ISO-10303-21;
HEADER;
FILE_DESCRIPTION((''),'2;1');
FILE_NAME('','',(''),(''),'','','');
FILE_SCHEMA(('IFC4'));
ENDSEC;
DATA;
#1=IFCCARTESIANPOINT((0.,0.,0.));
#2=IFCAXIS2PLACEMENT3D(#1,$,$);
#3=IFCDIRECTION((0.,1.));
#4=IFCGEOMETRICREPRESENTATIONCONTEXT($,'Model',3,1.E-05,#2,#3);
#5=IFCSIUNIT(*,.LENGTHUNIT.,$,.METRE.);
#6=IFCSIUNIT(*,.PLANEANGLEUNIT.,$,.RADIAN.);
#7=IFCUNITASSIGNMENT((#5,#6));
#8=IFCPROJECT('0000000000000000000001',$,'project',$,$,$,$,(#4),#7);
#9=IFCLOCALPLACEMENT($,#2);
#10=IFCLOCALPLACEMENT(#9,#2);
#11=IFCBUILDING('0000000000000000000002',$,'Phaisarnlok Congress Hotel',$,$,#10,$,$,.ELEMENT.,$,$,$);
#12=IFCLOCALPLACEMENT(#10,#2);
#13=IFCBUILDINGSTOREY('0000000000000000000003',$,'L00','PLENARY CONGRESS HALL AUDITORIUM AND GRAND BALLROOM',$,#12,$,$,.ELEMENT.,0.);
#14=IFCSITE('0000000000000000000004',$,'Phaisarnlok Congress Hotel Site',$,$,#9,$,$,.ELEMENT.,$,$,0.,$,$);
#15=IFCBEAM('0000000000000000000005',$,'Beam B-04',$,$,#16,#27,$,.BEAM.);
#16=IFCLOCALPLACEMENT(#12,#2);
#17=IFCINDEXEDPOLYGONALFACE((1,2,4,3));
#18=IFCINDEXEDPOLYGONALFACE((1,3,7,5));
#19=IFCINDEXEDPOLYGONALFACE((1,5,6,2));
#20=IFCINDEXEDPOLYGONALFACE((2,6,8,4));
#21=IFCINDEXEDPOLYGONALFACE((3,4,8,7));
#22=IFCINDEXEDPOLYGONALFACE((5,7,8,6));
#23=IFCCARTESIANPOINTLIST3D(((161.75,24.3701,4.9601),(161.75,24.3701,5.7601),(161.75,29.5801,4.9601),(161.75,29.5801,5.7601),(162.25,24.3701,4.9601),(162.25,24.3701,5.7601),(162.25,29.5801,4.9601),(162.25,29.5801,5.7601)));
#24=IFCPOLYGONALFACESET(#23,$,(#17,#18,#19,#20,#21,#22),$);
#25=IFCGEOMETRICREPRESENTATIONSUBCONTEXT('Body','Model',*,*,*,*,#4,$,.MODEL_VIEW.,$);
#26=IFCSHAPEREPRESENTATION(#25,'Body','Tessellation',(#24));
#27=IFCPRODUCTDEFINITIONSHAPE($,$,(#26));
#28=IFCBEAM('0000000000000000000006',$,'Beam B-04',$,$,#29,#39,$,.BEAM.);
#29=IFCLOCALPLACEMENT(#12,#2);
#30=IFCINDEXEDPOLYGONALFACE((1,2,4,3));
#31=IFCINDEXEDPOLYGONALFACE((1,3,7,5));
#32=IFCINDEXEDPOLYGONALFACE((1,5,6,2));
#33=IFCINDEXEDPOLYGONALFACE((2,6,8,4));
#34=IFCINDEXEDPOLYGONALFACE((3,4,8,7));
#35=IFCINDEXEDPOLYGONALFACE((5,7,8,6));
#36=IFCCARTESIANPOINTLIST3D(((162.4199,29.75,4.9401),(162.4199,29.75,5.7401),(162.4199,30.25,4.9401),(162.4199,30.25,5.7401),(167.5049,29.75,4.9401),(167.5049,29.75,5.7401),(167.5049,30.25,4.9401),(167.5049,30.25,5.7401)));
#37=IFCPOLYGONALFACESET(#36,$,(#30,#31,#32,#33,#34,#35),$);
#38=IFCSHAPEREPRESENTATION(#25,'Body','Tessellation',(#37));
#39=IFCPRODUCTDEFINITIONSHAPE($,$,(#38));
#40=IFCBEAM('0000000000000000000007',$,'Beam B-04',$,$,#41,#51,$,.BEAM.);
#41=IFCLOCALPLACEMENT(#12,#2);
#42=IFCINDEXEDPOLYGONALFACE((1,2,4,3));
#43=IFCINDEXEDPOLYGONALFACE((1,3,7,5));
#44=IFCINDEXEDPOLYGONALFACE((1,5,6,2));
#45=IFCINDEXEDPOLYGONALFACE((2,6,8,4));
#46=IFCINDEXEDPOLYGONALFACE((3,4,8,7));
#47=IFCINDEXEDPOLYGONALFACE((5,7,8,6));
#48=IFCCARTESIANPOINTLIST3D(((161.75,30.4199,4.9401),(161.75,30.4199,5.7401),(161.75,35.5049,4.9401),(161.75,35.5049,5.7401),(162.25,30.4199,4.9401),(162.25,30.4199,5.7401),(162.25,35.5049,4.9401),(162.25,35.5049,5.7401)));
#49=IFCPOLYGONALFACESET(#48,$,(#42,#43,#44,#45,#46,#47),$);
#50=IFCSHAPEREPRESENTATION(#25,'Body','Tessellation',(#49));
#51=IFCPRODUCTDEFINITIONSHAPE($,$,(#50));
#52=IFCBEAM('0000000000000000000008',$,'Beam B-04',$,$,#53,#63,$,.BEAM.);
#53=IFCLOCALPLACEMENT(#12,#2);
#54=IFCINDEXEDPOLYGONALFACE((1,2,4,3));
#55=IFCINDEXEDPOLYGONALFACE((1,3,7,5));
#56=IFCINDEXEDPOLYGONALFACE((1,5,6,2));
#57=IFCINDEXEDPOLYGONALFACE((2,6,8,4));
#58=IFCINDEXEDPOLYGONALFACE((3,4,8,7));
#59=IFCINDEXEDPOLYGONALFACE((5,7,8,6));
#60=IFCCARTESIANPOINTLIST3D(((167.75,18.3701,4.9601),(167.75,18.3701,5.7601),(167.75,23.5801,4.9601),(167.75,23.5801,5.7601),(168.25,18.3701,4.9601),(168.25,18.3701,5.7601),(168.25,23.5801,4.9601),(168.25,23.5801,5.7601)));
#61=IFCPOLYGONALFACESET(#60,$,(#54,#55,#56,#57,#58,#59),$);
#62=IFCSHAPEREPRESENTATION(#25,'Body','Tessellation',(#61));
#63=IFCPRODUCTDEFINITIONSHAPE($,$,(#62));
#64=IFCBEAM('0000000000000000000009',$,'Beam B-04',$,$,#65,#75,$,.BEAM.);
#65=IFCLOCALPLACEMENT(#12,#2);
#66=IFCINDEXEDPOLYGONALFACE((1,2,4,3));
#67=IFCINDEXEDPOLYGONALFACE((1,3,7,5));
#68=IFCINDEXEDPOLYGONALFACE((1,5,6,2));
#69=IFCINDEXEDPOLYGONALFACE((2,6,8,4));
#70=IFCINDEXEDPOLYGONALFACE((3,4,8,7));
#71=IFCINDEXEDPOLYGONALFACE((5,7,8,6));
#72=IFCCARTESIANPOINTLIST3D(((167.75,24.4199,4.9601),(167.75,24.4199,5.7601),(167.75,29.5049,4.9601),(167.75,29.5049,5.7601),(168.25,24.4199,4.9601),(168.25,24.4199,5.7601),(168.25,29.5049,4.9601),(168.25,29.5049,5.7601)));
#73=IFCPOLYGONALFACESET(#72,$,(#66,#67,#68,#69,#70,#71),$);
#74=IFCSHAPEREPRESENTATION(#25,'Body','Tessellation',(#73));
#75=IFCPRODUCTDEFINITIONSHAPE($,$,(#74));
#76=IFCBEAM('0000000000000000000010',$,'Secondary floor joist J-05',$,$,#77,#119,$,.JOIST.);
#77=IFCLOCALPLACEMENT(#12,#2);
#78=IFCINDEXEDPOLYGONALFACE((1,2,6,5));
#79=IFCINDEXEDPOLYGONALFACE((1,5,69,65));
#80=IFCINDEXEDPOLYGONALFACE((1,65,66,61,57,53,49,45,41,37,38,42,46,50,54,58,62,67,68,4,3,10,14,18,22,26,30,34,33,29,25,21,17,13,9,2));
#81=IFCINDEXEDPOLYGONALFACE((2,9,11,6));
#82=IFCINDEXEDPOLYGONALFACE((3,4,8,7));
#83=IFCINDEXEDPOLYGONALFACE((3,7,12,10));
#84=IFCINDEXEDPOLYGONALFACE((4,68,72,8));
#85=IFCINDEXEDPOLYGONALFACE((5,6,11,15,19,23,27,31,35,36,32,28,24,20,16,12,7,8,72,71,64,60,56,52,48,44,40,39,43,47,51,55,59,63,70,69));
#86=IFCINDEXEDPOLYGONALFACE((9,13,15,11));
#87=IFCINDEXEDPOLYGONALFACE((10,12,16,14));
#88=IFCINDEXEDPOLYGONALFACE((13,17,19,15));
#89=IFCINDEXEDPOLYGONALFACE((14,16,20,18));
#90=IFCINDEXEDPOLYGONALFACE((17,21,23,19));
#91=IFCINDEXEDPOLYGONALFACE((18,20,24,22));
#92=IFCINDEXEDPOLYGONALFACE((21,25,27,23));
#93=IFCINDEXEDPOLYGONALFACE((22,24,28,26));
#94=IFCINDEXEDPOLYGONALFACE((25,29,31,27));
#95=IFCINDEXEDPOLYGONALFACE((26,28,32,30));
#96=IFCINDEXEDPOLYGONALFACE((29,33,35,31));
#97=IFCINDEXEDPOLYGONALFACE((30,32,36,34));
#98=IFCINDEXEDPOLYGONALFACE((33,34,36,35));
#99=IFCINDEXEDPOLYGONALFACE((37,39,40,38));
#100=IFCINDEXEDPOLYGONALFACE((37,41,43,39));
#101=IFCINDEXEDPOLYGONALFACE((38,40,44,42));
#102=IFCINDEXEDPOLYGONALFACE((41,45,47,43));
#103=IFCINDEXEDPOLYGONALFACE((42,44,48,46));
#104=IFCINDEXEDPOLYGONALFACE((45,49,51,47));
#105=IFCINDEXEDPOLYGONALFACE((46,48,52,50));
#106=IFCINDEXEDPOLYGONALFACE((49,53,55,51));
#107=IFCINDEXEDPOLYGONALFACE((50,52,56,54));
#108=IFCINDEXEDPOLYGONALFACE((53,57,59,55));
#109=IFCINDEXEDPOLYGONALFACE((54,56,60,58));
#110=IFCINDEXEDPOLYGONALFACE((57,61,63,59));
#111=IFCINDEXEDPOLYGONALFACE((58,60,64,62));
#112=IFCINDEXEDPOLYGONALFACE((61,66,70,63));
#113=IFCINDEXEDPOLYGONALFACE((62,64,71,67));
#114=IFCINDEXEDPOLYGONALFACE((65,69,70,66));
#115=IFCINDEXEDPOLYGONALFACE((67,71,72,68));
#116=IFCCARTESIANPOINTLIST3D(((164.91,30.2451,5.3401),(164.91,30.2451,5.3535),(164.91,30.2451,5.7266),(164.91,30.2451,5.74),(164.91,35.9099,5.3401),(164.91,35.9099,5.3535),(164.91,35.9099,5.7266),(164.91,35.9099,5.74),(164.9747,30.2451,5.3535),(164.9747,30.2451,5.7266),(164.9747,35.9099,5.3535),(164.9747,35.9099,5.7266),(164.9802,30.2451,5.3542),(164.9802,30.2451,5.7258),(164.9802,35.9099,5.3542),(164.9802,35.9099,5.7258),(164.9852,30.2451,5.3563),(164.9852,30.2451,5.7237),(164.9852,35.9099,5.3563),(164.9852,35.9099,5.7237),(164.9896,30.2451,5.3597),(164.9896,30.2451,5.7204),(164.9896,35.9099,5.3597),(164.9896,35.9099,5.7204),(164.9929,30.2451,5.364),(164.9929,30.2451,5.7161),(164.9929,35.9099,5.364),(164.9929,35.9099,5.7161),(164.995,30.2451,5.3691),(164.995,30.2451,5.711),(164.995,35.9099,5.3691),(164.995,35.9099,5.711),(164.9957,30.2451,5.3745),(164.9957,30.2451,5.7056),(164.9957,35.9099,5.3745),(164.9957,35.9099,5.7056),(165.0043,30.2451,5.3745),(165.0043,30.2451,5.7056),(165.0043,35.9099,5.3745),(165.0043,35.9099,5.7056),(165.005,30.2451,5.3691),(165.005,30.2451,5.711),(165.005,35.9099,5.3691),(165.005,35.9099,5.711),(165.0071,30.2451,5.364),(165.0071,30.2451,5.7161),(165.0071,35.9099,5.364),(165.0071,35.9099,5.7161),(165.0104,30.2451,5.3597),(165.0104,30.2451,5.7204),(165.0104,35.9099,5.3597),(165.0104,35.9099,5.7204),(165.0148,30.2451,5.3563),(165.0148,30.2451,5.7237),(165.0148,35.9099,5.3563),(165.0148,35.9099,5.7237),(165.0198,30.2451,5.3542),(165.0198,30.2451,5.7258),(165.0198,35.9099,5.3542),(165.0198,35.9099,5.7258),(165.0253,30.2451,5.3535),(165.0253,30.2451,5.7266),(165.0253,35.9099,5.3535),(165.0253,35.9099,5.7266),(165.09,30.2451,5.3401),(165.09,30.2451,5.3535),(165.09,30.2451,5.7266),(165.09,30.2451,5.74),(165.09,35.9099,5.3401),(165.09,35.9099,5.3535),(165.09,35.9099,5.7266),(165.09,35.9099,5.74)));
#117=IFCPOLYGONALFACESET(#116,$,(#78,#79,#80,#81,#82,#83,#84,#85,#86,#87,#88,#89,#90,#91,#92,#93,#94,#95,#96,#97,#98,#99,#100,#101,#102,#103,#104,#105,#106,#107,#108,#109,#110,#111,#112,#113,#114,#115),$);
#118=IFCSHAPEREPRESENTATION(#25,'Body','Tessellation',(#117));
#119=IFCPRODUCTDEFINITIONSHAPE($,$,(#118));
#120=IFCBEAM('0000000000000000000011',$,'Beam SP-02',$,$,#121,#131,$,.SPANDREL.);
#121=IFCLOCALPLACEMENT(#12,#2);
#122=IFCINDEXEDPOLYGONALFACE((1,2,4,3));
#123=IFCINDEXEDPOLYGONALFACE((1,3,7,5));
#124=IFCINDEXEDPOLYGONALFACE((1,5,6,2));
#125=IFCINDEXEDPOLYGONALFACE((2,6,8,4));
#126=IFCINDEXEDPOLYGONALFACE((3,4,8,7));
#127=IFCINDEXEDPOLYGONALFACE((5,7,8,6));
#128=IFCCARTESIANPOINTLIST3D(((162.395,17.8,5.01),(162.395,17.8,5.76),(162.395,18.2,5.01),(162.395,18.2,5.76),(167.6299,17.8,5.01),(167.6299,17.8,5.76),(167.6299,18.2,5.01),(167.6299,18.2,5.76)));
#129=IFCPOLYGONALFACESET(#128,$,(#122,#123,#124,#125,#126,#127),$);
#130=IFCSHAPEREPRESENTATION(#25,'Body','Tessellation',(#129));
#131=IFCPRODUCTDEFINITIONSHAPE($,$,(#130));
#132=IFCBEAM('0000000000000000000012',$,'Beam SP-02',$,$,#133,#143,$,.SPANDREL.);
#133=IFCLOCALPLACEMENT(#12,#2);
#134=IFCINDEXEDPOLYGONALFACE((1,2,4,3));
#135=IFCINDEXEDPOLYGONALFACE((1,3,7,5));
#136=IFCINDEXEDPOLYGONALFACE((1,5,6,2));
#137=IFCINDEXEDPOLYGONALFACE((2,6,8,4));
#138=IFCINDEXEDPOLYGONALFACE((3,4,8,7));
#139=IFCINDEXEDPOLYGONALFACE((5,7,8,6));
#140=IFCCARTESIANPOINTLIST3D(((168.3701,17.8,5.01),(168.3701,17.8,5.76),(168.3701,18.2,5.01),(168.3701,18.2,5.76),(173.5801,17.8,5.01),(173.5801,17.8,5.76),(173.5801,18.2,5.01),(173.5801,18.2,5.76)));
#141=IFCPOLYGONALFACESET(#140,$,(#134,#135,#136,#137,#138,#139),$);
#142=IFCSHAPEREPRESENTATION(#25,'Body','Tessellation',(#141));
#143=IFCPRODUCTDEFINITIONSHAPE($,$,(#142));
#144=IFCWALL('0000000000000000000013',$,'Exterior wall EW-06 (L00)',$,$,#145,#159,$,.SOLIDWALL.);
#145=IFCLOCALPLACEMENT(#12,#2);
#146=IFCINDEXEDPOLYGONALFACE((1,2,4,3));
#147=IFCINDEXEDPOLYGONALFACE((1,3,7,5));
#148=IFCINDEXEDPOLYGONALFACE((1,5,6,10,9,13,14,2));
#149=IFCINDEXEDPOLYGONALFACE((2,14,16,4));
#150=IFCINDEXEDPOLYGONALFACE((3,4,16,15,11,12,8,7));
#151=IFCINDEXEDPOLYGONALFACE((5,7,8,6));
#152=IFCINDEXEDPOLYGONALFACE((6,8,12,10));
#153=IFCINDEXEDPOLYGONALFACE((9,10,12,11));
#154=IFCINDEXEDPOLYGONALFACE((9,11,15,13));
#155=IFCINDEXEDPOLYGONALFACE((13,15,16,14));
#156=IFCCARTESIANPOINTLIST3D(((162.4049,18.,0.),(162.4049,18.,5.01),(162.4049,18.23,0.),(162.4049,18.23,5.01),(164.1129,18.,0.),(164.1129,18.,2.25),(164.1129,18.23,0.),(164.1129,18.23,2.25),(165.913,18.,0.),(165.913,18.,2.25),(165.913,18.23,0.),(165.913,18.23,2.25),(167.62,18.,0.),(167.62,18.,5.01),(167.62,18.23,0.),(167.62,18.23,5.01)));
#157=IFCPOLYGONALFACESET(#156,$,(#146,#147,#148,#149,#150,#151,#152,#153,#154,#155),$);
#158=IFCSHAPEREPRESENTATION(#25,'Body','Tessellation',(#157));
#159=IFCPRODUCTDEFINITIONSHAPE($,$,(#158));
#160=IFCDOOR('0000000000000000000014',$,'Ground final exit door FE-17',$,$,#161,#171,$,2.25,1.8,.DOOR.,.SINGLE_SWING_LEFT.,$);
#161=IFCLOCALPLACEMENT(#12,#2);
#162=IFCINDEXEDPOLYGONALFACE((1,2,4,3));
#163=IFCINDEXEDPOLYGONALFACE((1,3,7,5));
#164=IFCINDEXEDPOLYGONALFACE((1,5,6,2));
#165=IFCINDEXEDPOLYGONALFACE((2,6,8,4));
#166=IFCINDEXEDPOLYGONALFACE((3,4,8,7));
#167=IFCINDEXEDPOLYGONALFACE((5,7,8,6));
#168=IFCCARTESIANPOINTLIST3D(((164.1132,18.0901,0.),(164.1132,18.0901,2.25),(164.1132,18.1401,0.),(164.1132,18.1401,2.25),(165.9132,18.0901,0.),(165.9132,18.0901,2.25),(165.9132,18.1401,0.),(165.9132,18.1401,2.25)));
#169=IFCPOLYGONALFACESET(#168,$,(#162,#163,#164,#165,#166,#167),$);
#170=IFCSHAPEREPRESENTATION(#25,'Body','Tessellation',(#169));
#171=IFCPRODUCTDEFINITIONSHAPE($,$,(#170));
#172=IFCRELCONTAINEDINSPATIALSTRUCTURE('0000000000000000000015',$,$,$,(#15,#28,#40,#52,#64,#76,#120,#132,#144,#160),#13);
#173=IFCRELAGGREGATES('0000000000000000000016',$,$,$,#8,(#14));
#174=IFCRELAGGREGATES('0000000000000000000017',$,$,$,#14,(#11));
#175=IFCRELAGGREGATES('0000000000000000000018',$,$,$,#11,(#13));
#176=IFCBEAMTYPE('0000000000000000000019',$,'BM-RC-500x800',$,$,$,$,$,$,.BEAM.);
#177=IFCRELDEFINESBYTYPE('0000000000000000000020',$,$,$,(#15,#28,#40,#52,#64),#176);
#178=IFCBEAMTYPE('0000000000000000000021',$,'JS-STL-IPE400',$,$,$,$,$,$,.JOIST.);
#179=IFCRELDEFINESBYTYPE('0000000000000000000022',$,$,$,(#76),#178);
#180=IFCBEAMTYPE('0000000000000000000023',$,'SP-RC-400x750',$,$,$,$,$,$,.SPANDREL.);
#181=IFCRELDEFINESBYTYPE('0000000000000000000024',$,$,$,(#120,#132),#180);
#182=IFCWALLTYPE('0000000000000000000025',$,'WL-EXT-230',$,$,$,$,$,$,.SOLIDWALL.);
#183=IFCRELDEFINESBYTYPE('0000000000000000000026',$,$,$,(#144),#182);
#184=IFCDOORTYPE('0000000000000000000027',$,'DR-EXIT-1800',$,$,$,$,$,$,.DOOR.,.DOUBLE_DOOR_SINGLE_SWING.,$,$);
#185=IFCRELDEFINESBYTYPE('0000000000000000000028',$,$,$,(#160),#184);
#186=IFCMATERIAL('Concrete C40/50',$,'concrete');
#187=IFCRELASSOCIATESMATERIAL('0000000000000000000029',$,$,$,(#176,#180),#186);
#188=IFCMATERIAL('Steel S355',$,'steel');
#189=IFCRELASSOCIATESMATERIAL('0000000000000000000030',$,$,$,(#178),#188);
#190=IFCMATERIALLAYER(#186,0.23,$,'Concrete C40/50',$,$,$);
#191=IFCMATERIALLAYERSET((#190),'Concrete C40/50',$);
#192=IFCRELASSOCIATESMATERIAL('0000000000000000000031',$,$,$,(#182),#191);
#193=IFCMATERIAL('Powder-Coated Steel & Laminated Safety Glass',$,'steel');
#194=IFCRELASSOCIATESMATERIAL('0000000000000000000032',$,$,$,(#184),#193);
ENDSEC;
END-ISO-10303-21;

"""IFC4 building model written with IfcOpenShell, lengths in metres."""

from ifc_helpers import new_model, si_unit, direction, frame, frame_2d, origin, origin_2d, place, context, subcontext, project, spatial, rectangle, i_section, extrude, material, layer, layer_set, material_profile, profile_set, type_object, element, fill, save


model = new_model("IFC4")

# Units and contexts
model_context = context("Model", 3, precision=1e-05, world=origin(), true_north=direction((0.0, 1.0)))
body_context = subcontext(model_context, "Body", "Model", "MODEL_VIEW")
ifc_project = project(units=[si_unit("LENGTHUNIT", "METRE"), si_unit("PLANEANGLEUNIT", "RADIAN")], contexts=[model_context])

# Site, building, storey
site_placement = place(None, origin())
site = spatial("IfcSite", under=ifc_project, at=site_placement, Name="Phaisarnlok Congress Hotel Site", CompositionType="ELEMENT", RefElevation=0.0)
building_placement = place(site_placement, origin())
building = spatial("IfcBuilding", under=site, at=building_placement, Name="Phaisarnlok Congress Hotel", CompositionType="ELEMENT")
storey_placement = place(building_placement, origin())
storey = spatial("IfcBuildingStorey", under=building, at=storey_placement, Name="L00", Description="PLENARY CONGRESS HALL AUDITORIUM AND GRAND BALLROOM", CompositionType="ELEMENT", Elevation=0.0)

# Beams
ifc_material_1 = material(Name="Concrete C40/50", Category="concrete")
ifc_material_profile_1 = material_profile(ifc_material_1, rectangle(XDim=0.5, YDim=0.8, at=origin_2d()), Name="RC 500x800")
ifc_profile_set_1 = profile_set([ifc_material_profile_1], Name="Concrete C40/50")
beam_type_1 = type_object("IfcBeamType", Name="BM-RC-500x800", PredefinedType="BEAM", material=ifc_profile_set_1)
for number, where, z_axis, x_axis, name in (
    (1, (162.0, 24.3701, 5.3601), (0.0, 1.0, 0.0), (-1.0, 0.0, 0.0), "Beam B-04"),
):
    element("IfcBeam", number, at=place(storey_placement, frame(where, z_axis=z_axis, x_axis=x_axis)), inside=storey, type_object=beam_type_1, Name=name, PredefinedType="BEAM", context=body_context, shape_type="SweptSolid", body=[
        extrude(rectangle(XDim=0.5, YDim=0.8, at=origin_2d()), origin(), (0.0, 0.0, 1.0), 5.21),
    ])
for number, where, z_axis, x_axis, name in (
    (2, (162.4199, 30.0, 5.3401), (1.0, 0.0, 0.0), (0.0, 1.0, 0.0), "Beam B-04"),
    (3, (162.0, 30.4199, 5.3401), (0.0, 1.0, 0.0), (-1.0, 0.0, 0.0), "Beam B-04"),
):
    element("IfcBeam", number, at=place(storey_placement, frame(where, z_axis=z_axis, x_axis=x_axis)), inside=storey, type_object=beam_type_1, Name=name, PredefinedType="BEAM", context=body_context, shape_type="SweptSolid", body=[
        extrude(rectangle(XDim=0.5, YDim=0.8, at=origin_2d()), origin(), (0.0, 0.0, 1.0), 5.085),
    ])
beam_1_placement = place(storey_placement, frame((168.0, 18.3701, 5.3601), z_axis=(0.0, 1.0, 0.0), x_axis=(-1.0, 0.0, 0.0)))
element("IfcBeam", 4, at=beam_1_placement, inside=storey, type_object=beam_type_1, Name="Beam B-04", PredefinedType="BEAM", context=body_context, shape_type="SweptSolid", body=[
    extrude(rectangle(XDim=0.5, YDim=0.8, at=origin_2d()), origin(), (0.0, 0.0, 1.0), 5.21),
])
beam_2_placement = place(storey_placement, frame((168.0, 24.4199, 5.3601), z_axis=(0.0, 1.0, 0.0), x_axis=(-1.0, 0.0, 0.0)))
element("IfcBeam", 5, at=beam_2_placement, inside=storey, type_object=beam_type_1, Name="Beam B-04", PredefinedType="BEAM", context=body_context, shape_type="SweptSolid", body=[
    extrude(rectangle(XDim=0.5, YDim=0.8, at=origin_2d()), origin(), (0.0, 0.0, 1.0), 5.085),
])
ifc_material_2 = material(Name="Steel S355", Category="steel")
ifc_material_profile_2 = material_profile(ifc_material_2, i_section(OverallWidth=0.1799, OverallDepth=0.3999, WebThickness=0.0085, FlangeThickness=0.0134, FilletRadius=0.021, at=origin_2d()), Name="IPE 400")
ifc_profile_set_2 = profile_set([ifc_material_profile_2], Name="Steel S355")
beam_type_2 = type_object("IfcBeamType", Name="JS-STL-IPE400", PredefinedType="JOIST", material=ifc_profile_set_2)
beam_3_placement = place(storey_placement, frame((165.0, 30.2451, 5.54), z_axis=(0.0, 1.0, 0.0), x_axis=(-1.0, 0.0, 0.0)))
element("IfcBeam", 6, at=beam_3_placement, inside=storey, type_object=beam_type_2, Name="Secondary floor joist J-05", PredefinedType="JOIST", context=body_context, shape_type="SweptSolid", body=[
    extrude(i_section(OverallWidth=0.1799, OverallDepth=0.3999, WebThickness=0.0085, FlangeThickness=0.0134, FilletRadius=0.021, at=origin_2d()), origin(), (0.0, 0.0, 1.0), 5.6648),
])
ifc_material_profile_3 = material_profile(ifc_material_1, rectangle(XDim=0.3999, YDim=0.75, at=origin_2d()), Name="RC 400x750")
ifc_profile_set_3 = profile_set([ifc_material_profile_3], Name="Concrete C40/50")
beam_type_3 = type_object("IfcBeamType", Name="SP-RC-400x750", PredefinedType="SPANDREL", material=ifc_profile_set_3)
beam_4_placement = place(storey_placement, frame((162.395, 18.0, 5.385), z_axis=(1.0, 0.0, 0.0), x_axis=(0.0, 1.0, 0.0)))
element("IfcBeam", 7, at=beam_4_placement, inside=storey, type_object=beam_type_3, Name="Beam SP-02", PredefinedType="SPANDREL", context=body_context, shape_type="SweptSolid", body=[
    extrude(rectangle(XDim=0.3999, YDim=0.75, at=origin_2d()), origin(), (0.0, 0.0, 1.0), 5.2349),
])
beam_5_placement = place(storey_placement, frame((168.3701, 18.0, 5.385), z_axis=(1.0, 0.0, 0.0), x_axis=(0.0, 1.0, 0.0)))
element("IfcBeam", 8, at=beam_5_placement, inside=storey, type_object=beam_type_3, Name="Beam SP-02", PredefinedType="SPANDREL", context=body_context, shape_type="SweptSolid", body=[
    extrude(rectangle(XDim=0.3999, YDim=0.75, at=origin_2d()), origin(), (0.0, 0.0, 1.0), 5.21),
])

# Wall, opening, door
ifc_layer = layer(ifc_material_1, 0.23, Name="Concrete C40/50")
ifc_layer_set = layer_set([ifc_layer], Name="Concrete C40/50")
wall_type = type_object("IfcWallType", Name="WL-EXT-230", PredefinedType="SOLIDWALL", material=ifc_layer_set)
wall_placement = place(storey_placement, frame((162.405, 18.115, 0.0), z_axis=(0.0, 0.0, 1.0), x_axis=(1.0, 0.0, 0.0)))
wall = element("IfcWall", 9, at=wall_placement, inside=storey, type_object=wall_type, Name="Exterior wall EW-06 (L00)", PredefinedType="SOLIDWALL", context=body_context, shape_type="SweptSolid", body=[
    extrude(rectangle(XDim=5.2151, YDim=0.23, at=frame_2d((2.6074, 0.0))), origin(), (0.0, 0.0, 1.0), 5.01),
])
opening_placement = place(wall_placement, frame((1.708, 0.0, 0.0)))
opening = element("IfcOpeningElement", 10, at=opening_placement, cuts=wall, PredefinedType="OPENING", context=body_context, shape_type="SweptSolid", body=[
    extrude(rectangle(XDim=1.8, YDim=2.25, at=frame_2d((0.8999, 1.125))), frame((0.0, 0.125, 0.0), z_axis=(0.0, -1.0, 0.0), x_axis=(1.0, 0.0, 0.0)), (0.0, 0.0, 1.0), 0.25),
])
ifc_material_3 = material(Name="Powder-Coated Steel & Laminated Safety Glass", Category="steel")
door_type = type_object("IfcDoorType", Name="DR-EXIT-1800", OperationType="DOUBLE_DOOR_SINGLE_SWING", PredefinedType="DOOR", material=ifc_material_3)
door_placement = place(opening_placement, frame((1.8, 0.0, 0.0), z_axis=(0.0, 0.0, 1.0), x_axis=(-1.0, 0.0, 0.0)))
door = element("IfcDoor", 11, at=door_placement, inside=storey, type_object=door_type, Name="Ground final exit door FE-17", OperationType="SINGLE_SWING_LEFT", OverallHeight=2.25, OverallWidth=1.8, PredefinedType="DOOR", context=body_context, shape_type="SweptSolid", body=[
    extrude(rectangle(XDim=1.8, YDim=2.25, at=frame_2d((0.8999, 1.125))), frame((0.0, 0.0249, 0.0), z_axis=(0.0, -1.0, 0.0), x_axis=(1.0, 0.0, 0.0)), (0.0, 0.0, 1.0), 0.05),
])
fill(opening, door)

save(model, "model.ifc")
